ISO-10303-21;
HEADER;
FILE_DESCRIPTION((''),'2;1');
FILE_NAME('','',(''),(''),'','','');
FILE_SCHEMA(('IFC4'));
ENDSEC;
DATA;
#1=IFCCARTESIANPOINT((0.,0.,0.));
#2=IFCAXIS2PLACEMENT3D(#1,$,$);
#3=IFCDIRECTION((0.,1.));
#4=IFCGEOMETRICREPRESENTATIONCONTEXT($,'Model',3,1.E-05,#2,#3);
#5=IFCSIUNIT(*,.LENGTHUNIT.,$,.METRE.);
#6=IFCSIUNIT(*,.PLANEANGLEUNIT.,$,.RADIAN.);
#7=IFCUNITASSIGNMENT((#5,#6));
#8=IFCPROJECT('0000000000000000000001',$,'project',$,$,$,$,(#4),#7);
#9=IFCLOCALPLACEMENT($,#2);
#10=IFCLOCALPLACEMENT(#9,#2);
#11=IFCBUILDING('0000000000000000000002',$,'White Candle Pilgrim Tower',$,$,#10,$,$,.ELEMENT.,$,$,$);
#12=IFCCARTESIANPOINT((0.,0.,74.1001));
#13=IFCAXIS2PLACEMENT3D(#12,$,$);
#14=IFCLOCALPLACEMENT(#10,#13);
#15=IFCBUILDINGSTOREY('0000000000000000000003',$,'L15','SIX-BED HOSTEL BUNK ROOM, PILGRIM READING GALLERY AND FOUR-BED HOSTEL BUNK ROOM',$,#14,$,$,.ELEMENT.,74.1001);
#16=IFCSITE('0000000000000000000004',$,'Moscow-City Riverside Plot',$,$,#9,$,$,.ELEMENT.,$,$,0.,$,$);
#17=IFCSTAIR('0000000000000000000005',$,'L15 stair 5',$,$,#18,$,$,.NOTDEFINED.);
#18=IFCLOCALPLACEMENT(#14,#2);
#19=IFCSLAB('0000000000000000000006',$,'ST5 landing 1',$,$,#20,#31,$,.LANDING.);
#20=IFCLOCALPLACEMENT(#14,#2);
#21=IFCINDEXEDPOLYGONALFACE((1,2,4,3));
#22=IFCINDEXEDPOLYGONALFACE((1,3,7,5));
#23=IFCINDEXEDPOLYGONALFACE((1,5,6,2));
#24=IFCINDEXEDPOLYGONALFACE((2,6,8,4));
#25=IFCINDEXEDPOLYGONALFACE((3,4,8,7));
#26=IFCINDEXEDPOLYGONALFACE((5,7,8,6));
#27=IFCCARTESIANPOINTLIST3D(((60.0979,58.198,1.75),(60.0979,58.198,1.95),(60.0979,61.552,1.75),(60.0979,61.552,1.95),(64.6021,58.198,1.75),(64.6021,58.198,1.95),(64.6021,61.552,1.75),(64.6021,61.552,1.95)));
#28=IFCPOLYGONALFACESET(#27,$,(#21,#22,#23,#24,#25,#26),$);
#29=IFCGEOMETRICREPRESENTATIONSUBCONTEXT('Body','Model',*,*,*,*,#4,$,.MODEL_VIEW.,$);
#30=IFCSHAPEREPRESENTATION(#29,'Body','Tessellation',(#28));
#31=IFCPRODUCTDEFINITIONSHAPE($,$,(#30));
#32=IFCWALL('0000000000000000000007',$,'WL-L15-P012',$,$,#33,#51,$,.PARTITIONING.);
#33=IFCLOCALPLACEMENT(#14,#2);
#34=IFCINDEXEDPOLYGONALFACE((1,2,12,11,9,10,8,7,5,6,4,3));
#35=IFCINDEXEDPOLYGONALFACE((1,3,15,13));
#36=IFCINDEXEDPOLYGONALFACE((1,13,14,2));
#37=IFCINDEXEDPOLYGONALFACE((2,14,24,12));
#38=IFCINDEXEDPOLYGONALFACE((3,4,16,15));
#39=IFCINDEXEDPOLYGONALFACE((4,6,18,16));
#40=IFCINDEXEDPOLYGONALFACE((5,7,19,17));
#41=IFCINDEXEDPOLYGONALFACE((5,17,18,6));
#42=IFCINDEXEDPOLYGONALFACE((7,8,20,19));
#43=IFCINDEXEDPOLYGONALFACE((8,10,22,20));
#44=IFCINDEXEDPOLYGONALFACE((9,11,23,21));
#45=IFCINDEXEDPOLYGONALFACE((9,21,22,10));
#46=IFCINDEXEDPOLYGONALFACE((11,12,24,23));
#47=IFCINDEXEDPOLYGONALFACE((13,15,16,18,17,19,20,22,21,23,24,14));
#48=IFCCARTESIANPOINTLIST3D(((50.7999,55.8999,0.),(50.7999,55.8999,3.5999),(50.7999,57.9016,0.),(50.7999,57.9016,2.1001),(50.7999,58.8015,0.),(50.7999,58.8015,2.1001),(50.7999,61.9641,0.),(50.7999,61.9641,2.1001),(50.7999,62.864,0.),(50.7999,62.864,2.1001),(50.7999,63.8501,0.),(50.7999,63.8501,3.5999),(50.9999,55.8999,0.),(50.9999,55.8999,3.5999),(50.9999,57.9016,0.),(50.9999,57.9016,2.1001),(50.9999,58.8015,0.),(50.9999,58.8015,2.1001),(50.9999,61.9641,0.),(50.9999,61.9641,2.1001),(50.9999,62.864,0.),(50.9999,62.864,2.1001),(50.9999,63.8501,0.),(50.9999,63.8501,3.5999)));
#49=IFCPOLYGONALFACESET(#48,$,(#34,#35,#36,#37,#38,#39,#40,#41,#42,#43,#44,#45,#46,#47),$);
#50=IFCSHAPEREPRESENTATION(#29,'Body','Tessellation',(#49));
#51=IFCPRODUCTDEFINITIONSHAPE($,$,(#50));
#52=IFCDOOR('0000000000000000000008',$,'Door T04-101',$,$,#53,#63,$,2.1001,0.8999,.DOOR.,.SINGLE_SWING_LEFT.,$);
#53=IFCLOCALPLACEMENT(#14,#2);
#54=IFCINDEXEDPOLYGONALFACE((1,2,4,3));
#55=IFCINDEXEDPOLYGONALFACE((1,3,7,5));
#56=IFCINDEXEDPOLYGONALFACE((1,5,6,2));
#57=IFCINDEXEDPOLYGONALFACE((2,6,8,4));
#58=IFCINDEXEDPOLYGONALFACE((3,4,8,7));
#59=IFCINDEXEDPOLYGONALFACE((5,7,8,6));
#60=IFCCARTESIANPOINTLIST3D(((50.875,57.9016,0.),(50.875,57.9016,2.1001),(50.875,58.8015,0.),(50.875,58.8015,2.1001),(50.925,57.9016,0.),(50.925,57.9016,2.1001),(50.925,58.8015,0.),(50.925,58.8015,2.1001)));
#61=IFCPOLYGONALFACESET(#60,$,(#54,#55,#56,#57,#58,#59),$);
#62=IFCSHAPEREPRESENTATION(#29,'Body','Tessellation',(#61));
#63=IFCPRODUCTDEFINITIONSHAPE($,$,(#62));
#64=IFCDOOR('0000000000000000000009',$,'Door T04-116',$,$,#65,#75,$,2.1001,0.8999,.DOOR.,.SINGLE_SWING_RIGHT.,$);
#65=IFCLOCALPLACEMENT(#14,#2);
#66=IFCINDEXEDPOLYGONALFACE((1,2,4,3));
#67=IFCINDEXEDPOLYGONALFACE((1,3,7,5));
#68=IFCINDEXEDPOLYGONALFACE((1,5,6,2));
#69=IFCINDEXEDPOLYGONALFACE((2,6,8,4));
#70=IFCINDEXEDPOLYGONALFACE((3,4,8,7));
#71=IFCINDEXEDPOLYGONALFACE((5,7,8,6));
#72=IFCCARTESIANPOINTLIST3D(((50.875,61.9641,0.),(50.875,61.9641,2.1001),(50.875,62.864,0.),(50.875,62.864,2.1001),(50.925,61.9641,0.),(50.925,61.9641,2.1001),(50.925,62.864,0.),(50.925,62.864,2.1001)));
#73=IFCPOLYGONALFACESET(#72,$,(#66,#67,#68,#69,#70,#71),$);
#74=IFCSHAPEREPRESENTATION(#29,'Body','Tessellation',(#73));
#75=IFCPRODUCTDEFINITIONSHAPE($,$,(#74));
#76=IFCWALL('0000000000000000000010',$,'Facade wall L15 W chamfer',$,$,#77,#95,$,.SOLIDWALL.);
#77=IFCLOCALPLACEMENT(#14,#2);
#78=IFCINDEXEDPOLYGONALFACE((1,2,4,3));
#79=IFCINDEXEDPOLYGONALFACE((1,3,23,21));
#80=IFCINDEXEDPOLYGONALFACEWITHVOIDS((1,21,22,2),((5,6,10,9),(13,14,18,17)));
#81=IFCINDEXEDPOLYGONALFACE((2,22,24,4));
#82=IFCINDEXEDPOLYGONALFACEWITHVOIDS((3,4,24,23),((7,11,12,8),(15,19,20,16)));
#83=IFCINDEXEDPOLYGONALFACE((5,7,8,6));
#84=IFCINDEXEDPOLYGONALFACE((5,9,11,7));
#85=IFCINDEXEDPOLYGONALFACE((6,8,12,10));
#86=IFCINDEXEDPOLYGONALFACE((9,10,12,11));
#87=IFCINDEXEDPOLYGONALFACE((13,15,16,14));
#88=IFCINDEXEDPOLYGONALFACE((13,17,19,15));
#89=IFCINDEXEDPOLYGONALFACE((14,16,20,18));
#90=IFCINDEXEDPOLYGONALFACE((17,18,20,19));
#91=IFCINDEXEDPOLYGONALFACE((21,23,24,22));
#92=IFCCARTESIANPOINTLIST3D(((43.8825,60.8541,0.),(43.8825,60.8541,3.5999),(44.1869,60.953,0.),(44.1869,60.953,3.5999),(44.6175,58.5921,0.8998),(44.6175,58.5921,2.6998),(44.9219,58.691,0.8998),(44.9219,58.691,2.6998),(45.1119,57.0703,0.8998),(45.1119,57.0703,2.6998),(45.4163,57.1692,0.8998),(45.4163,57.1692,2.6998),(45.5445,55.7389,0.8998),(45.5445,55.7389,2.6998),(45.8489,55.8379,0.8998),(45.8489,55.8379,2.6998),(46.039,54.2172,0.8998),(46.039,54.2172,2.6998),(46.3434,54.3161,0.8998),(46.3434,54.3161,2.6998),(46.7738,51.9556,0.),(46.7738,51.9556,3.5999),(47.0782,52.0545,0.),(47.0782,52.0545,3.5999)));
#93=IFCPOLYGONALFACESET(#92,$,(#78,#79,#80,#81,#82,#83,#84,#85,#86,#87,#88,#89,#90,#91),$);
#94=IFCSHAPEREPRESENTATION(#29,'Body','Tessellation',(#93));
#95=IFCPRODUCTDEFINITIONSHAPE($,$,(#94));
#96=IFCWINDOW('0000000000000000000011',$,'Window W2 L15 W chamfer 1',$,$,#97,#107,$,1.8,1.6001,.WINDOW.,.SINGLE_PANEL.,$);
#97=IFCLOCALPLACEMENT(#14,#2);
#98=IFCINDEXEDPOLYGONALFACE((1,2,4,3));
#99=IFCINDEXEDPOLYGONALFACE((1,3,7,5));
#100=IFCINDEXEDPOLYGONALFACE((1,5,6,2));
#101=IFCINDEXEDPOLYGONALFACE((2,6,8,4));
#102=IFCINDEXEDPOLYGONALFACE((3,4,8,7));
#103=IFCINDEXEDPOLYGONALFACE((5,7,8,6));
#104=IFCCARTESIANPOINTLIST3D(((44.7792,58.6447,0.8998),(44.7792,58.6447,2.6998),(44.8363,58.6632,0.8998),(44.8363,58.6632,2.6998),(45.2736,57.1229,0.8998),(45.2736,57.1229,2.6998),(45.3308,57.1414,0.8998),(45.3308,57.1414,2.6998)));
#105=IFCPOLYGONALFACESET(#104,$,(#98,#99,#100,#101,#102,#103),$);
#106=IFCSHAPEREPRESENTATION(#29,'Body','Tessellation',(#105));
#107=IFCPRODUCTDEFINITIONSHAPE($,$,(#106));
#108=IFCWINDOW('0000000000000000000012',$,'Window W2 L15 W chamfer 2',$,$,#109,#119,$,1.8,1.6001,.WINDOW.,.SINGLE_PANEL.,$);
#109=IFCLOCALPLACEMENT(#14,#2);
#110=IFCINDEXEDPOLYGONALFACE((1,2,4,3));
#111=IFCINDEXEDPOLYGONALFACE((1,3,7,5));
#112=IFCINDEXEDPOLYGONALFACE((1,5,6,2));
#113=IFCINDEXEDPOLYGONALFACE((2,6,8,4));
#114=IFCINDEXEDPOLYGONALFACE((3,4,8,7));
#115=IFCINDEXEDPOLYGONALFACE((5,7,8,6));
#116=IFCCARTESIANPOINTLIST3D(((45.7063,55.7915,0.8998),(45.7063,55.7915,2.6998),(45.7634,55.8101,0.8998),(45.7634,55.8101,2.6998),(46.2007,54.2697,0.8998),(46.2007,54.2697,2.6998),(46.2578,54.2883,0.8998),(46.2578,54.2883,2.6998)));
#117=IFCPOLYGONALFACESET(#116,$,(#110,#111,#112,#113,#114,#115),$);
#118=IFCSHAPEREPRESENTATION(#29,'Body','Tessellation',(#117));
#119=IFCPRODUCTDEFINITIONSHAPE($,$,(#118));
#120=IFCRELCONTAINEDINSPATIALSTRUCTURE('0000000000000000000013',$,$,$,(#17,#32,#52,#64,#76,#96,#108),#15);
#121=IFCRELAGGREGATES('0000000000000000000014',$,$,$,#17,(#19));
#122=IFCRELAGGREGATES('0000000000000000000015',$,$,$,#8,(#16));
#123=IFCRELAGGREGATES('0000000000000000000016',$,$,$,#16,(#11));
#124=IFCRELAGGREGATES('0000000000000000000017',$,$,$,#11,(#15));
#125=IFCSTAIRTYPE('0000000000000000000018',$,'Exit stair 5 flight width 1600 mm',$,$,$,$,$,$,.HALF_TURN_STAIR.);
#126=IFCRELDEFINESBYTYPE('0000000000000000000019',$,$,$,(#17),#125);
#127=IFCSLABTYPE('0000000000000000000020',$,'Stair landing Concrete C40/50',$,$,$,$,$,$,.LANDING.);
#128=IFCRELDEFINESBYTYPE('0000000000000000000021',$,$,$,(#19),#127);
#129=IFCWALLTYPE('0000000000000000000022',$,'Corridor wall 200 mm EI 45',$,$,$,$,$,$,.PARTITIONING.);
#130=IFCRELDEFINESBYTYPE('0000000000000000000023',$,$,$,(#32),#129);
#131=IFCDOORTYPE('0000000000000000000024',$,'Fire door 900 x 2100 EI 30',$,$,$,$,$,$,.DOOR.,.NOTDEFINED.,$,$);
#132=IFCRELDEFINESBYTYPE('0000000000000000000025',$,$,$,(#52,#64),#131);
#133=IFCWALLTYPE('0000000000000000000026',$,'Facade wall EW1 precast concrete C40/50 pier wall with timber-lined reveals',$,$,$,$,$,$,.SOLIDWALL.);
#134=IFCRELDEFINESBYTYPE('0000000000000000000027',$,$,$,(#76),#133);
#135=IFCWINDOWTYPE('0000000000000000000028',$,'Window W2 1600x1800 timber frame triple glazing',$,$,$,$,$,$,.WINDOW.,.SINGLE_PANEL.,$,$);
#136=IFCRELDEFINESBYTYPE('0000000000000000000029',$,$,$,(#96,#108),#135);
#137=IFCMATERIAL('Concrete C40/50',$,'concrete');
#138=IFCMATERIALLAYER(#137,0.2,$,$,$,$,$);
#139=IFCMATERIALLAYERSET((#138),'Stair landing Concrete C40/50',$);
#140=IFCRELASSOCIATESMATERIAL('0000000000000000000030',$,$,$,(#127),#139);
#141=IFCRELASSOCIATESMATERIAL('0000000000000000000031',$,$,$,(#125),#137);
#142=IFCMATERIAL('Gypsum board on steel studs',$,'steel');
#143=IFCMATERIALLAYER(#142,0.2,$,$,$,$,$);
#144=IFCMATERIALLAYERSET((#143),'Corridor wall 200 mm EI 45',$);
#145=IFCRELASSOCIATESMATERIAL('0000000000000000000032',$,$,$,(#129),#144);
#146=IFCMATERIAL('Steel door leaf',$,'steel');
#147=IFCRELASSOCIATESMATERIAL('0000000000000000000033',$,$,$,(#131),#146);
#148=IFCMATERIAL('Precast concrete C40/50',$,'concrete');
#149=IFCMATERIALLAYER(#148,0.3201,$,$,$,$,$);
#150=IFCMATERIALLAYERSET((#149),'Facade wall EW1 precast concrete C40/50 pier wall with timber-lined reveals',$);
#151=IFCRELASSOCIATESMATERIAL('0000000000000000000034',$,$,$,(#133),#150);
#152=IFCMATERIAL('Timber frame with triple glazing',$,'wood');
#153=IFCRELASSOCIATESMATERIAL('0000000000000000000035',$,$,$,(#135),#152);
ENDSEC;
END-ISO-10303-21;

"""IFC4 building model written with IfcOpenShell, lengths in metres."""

from ifc_helpers import new_model, si_unit, direction, frame, frame_2d, origin, place, context, subcontext, project, spatial, polyline, rectangle, outline, extrude, material, layer, layer_set, type_object, element, fill, aggregate, save


model = new_model("IFC4")

# Units and contexts
model_context = context("Model", 3, precision=1e-05, world=origin(), true_north=direction((0.0, 1.0)))
body_context = subcontext(model_context, "Body", "Model", "MODEL_VIEW")
ifc_project = project(units=[si_unit("LENGTHUNIT", "METRE"), si_unit("PLANEANGLEUNIT", "RADIAN")], contexts=[model_context])

# Site, building, storey
site_placement = place(None, origin())
site = spatial("IfcSite", under=ifc_project, at=site_placement, Name="Moscow-City Riverside Plot", CompositionType="ELEMENT", RefElevation=0.0)
building_placement = place(site_placement, origin())
building = spatial("IfcBuilding", under=site, at=building_placement, Name="White Candle Pilgrim Tower", CompositionType="ELEMENT")
storey_placement = place(building_placement, frame((0.0, 0.0, 74.1001)))
storey = spatial("IfcBuildingStorey", under=building, at=storey_placement, Name="L15", Description="SIX-BED HOSTEL BUNK ROOM, PILGRIM READING GALLERY AND FOUR-BED HOSTEL BUNK ROOM", CompositionType="ELEMENT", Elevation=74.1001)

# Stair, slab
ifc_material_1 = material(Name="Concrete C40/50", Category="concrete")
ifc_layer_1 = layer(ifc_material_1, 0.2)
ifc_layer_set_1 = layer_set([ifc_layer_1], Name="Stair landing Concrete C40/50")
slab_type = type_object("IfcSlabType", Name="Stair landing Concrete C40/50", PredefinedType="LANDING", material=ifc_layer_set_1)
stair_type_1 = type_object("IfcStairType", Name="Exit stair 5 flight width 1600 mm", PredefinedType="HALF_TURN_STAIR", material=ifc_material_1)
stair_1_placement = place(storey_placement, origin())
stair_1 = element("IfcStair", 1, at=stair_1_placement, inside=storey, type_object=stair_type_1, Name="L15 stair 5", PredefinedType="NOTDEFINED")
slab_1_placement = place(storey_placement, frame((0.0, 0.0, 1.75)))
slab_1 = element("IfcSlab", 2, at=slab_1_placement, type_object=slab_type, Name="ST5 landing 1", PredefinedType="LANDING", context=body_context, shape_type="SweptSolid", body=[
    extrude(outline(polyline([(60.0979, 58.198), (60.0979, 61.552), (64.6021, 61.552), (64.6021, 58.198), (60.0979, 58.198)])), origin(), (0.0, 0.0, 1.0), 0.2),
])
aggregate(stair_1, [slab_1])

# Wall, openings, doors
ifc_material_2 = material(Name="Gypsum board on steel studs", Category="steel")
ifc_layer_2 = layer(ifc_material_2, 0.2)
ifc_layer_set_2 = layer_set([ifc_layer_2], Name="Corridor wall 200 mm EI 45")
wall_type_1 = type_object("IfcWallType", Name="Corridor wall 200 mm EI 45", PredefinedType="PARTITIONING", material=ifc_layer_set_2)
wall_1_placement = place(storey_placement, frame((50.8999, 55.8999, 0.0), z_axis=(0.0, 0.0, 1.0), x_axis=(0.0, 1.0, 0.0)))
wall_1 = element("IfcWall", 3, at=wall_1_placement, inside=storey, type_object=wall_type_1, Name="WL-L15-P012", PredefinedType="PARTITIONING", context=body_context, shape_type="SweptSolid", body=[
    extrude(rectangle(XDim=7.9502, YDim=0.2, at=frame_2d((3.9751, 0.0))), origin(), (0.0, 0.0, 1.0), 3.5999),
])
opening_1_placement = place(wall_1_placement, frame((2.0017, 0.0, 0.0)))
opening_1 = element("IfcOpeningElement", 4, at=opening_1_placement, cuts=wall_1, PredefinedType="OPENING", context=body_context, shape_type="SweptSolid", body=[
    extrude(rectangle(XDim=0.8999, YDim=2.1001, at=frame_2d((0.45, 1.05))), frame((0.0, 0.1099, 0.0), z_axis=(0.0, -1.0, 0.0), x_axis=(1.0, 0.0, 0.0)), (0.0, 0.0, 1.0), 0.22),
])
opening_2_placement = place(wall_1_placement, frame((6.0642, 0.0, 0.0)))
opening_2 = element("IfcOpeningElement", 5, at=opening_2_placement, cuts=wall_1, PredefinedType="OPENING", context=body_context, shape_type="SweptSolid", body=[
    extrude(rectangle(XDim=0.8999, YDim=2.1001, at=frame_2d((0.45, 1.05))), frame((0.0, 0.1099, 0.0), z_axis=(0.0, -1.0, 0.0), x_axis=(1.0, 0.0, 0.0)), (0.0, 0.0, 1.0), 0.22),
])
ifc_material_3 = material(Name="Steel door leaf", Category="steel")
door_type = type_object("IfcDoorType", Name="Fire door 900 x 2100 EI 30", OperationType="NOTDEFINED", PredefinedType="DOOR", material=ifc_material_3)
door_1_placement = place(opening_1_placement, origin())
door_1 = element("IfcDoor", 6, at=door_1_placement, inside=storey, type_object=door_type, Name="Door T04-101", OperationType="SINGLE_SWING_LEFT", OverallHeight=2.1001, OverallWidth=0.8999, PredefinedType="DOOR", context=body_context, shape_type="SweptSolid", body=[
    extrude(rectangle(XDim=0.8999, YDim=2.1001, at=frame_2d((0.45, 1.05))), frame((0.0, 0.0249, 0.0), z_axis=(0.0, -1.0, 0.0), x_axis=(1.0, 0.0, 0.0)), (0.0, 0.0, 1.0), 0.05),
])
fill(opening_1, door_1)
door_2_placement = place(opening_2_placement, origin())
door_2 = element("IfcDoor", 7, at=door_2_placement, inside=storey, type_object=door_type, Name="Door T04-116", OperationType="SINGLE_SWING_RIGHT", OverallHeight=2.1001, OverallWidth=0.8999, PredefinedType="DOOR", context=body_context, shape_type="SweptSolid", body=[
    extrude(rectangle(XDim=0.8999, YDim=2.1001, at=frame_2d((0.45, 1.05))), frame((0.0, 0.0249, 0.0), z_axis=(0.0, -1.0, 0.0), x_axis=(1.0, 0.0, 0.0)), (0.0, 0.0, 1.0), 0.05),
])
fill(opening_2, door_2)

# Wall, openings, windows
ifc_material_4 = material(Name="Precast concrete C40/50", Category="concrete")
ifc_layer_3 = layer(ifc_material_4, 0.3201)
ifc_layer_set_3 = layer_set([ifc_layer_3], Name="Facade wall EW1 precast concrete C40/50 pier wall with timber-lined reveals")
wall_type_2 = type_object("IfcWallType", Name="Facade wall EW1 precast concrete C40/50 pier wall with timber-lined reveals", PredefinedType="SOLIDWALL", material=ifc_layer_set_3)
wall_2_placement = place(storey_placement, frame((44.0347, 60.9036, 0.0), z_axis=(0.0, 0.0, 1.0), x_axis=(0.309025, -0.951054, 0.0)))
wall_2 = element("IfcWall", 8, at=wall_2_placement, inside=storey, type_object=wall_type_2, Name="Facade wall L15 W chamfer", PredefinedType="SOLIDWALL", context=body_context, shape_type="SweptSolid", body=[
    extrude(rectangle(XDim=9.3564, YDim=0.3201, at=frame_2d((4.6782, 0.0))), origin(), (0.0, 0.0, 1.0), 3.5999),
])
opening_3_placement = place(wall_2_placement, frame((2.3784, 0.0, 0.8999)))
opening_3 = element("IfcOpeningElement", 9, at=opening_3_placement, cuts=wall_2, PredefinedType="OPENING", context=body_context, shape_type="SweptSolid", body=[
    extrude(rectangle(XDim=1.6001, YDim=1.8, at=frame_2d((0.8, 0.8999))), frame((0.0, 0.1699, 0.0), z_axis=(0.0, -1.0, 0.0), x_axis=(1.0, 0.0, 0.0)), (0.0, 0.0, 1.0), 0.3401),
])
opening_4_placement = place(wall_2_placement, frame((5.3784, 0.0, 0.8999)))
opening_4 = element("IfcOpeningElement", 10, at=opening_4_placement, cuts=wall_2, PredefinedType="OPENING", context=body_context, shape_type="SweptSolid", body=[
    extrude(rectangle(XDim=1.6001, YDim=1.8, at=frame_2d((0.8, 0.8999))), frame((0.0, 0.1699, 0.0), z_axis=(0.0, -1.0, 0.0), x_axis=(1.0, 0.0, 0.0)), (0.0, 0.0, 1.0), 0.3401),
])
ifc_material_5 = material(Name="Timber frame with triple glazing", Category="wood")
window_type_1 = type_object("IfcWindowType", Name="Window W2 1600x1800 timber frame triple glazing", PartitioningType="SINGLE_PANEL", PredefinedType="WINDOW", material=ifc_material_5)
window_1_placement = place(opening_3_placement, origin())
window_1 = element("IfcWindow", 11, at=window_1_placement, inside=storey, type_object=window_type_1, Name="Window W2 L15 W chamfer 1", OverallHeight=1.8, OverallWidth=1.6001, PartitioningType="SINGLE_PANEL", PredefinedType="WINDOW", context=body_context, shape_type="SweptSolid", body=[
    extrude(rectangle(XDim=1.6001, YDim=1.8, at=frame_2d((0.8, 0.8999))), frame((0.0, 0.0701, 0.0), z_axis=(0.0, -1.0, 0.0), x_axis=(1.0, 0.0, 0.0)), (0.0, 0.0, 1.0), 0.0601),
])
fill(opening_3, window_1)
window_2_placement = place(opening_4_placement, origin())
window_2 = element("IfcWindow", 12, at=window_2_placement, inside=storey, type_object=window_type_1, Name="Window W2 L15 W chamfer 2", OverallHeight=1.8, OverallWidth=1.6001, PartitioningType="SINGLE_PANEL", PredefinedType="WINDOW", context=body_context, shape_type="SweptSolid", body=[
    extrude(rectangle(XDim=1.6001, YDim=1.8, at=frame_2d((0.8, 0.8999))), frame((0.0, 0.0701, 0.0), z_axis=(0.0, -1.0, 0.0), x_axis=(1.0, 0.0, 0.0)), (0.0, 0.0, 1.0), 0.0601),
])
fill(opening_4, window_2)

save(model, "model.ifc")
